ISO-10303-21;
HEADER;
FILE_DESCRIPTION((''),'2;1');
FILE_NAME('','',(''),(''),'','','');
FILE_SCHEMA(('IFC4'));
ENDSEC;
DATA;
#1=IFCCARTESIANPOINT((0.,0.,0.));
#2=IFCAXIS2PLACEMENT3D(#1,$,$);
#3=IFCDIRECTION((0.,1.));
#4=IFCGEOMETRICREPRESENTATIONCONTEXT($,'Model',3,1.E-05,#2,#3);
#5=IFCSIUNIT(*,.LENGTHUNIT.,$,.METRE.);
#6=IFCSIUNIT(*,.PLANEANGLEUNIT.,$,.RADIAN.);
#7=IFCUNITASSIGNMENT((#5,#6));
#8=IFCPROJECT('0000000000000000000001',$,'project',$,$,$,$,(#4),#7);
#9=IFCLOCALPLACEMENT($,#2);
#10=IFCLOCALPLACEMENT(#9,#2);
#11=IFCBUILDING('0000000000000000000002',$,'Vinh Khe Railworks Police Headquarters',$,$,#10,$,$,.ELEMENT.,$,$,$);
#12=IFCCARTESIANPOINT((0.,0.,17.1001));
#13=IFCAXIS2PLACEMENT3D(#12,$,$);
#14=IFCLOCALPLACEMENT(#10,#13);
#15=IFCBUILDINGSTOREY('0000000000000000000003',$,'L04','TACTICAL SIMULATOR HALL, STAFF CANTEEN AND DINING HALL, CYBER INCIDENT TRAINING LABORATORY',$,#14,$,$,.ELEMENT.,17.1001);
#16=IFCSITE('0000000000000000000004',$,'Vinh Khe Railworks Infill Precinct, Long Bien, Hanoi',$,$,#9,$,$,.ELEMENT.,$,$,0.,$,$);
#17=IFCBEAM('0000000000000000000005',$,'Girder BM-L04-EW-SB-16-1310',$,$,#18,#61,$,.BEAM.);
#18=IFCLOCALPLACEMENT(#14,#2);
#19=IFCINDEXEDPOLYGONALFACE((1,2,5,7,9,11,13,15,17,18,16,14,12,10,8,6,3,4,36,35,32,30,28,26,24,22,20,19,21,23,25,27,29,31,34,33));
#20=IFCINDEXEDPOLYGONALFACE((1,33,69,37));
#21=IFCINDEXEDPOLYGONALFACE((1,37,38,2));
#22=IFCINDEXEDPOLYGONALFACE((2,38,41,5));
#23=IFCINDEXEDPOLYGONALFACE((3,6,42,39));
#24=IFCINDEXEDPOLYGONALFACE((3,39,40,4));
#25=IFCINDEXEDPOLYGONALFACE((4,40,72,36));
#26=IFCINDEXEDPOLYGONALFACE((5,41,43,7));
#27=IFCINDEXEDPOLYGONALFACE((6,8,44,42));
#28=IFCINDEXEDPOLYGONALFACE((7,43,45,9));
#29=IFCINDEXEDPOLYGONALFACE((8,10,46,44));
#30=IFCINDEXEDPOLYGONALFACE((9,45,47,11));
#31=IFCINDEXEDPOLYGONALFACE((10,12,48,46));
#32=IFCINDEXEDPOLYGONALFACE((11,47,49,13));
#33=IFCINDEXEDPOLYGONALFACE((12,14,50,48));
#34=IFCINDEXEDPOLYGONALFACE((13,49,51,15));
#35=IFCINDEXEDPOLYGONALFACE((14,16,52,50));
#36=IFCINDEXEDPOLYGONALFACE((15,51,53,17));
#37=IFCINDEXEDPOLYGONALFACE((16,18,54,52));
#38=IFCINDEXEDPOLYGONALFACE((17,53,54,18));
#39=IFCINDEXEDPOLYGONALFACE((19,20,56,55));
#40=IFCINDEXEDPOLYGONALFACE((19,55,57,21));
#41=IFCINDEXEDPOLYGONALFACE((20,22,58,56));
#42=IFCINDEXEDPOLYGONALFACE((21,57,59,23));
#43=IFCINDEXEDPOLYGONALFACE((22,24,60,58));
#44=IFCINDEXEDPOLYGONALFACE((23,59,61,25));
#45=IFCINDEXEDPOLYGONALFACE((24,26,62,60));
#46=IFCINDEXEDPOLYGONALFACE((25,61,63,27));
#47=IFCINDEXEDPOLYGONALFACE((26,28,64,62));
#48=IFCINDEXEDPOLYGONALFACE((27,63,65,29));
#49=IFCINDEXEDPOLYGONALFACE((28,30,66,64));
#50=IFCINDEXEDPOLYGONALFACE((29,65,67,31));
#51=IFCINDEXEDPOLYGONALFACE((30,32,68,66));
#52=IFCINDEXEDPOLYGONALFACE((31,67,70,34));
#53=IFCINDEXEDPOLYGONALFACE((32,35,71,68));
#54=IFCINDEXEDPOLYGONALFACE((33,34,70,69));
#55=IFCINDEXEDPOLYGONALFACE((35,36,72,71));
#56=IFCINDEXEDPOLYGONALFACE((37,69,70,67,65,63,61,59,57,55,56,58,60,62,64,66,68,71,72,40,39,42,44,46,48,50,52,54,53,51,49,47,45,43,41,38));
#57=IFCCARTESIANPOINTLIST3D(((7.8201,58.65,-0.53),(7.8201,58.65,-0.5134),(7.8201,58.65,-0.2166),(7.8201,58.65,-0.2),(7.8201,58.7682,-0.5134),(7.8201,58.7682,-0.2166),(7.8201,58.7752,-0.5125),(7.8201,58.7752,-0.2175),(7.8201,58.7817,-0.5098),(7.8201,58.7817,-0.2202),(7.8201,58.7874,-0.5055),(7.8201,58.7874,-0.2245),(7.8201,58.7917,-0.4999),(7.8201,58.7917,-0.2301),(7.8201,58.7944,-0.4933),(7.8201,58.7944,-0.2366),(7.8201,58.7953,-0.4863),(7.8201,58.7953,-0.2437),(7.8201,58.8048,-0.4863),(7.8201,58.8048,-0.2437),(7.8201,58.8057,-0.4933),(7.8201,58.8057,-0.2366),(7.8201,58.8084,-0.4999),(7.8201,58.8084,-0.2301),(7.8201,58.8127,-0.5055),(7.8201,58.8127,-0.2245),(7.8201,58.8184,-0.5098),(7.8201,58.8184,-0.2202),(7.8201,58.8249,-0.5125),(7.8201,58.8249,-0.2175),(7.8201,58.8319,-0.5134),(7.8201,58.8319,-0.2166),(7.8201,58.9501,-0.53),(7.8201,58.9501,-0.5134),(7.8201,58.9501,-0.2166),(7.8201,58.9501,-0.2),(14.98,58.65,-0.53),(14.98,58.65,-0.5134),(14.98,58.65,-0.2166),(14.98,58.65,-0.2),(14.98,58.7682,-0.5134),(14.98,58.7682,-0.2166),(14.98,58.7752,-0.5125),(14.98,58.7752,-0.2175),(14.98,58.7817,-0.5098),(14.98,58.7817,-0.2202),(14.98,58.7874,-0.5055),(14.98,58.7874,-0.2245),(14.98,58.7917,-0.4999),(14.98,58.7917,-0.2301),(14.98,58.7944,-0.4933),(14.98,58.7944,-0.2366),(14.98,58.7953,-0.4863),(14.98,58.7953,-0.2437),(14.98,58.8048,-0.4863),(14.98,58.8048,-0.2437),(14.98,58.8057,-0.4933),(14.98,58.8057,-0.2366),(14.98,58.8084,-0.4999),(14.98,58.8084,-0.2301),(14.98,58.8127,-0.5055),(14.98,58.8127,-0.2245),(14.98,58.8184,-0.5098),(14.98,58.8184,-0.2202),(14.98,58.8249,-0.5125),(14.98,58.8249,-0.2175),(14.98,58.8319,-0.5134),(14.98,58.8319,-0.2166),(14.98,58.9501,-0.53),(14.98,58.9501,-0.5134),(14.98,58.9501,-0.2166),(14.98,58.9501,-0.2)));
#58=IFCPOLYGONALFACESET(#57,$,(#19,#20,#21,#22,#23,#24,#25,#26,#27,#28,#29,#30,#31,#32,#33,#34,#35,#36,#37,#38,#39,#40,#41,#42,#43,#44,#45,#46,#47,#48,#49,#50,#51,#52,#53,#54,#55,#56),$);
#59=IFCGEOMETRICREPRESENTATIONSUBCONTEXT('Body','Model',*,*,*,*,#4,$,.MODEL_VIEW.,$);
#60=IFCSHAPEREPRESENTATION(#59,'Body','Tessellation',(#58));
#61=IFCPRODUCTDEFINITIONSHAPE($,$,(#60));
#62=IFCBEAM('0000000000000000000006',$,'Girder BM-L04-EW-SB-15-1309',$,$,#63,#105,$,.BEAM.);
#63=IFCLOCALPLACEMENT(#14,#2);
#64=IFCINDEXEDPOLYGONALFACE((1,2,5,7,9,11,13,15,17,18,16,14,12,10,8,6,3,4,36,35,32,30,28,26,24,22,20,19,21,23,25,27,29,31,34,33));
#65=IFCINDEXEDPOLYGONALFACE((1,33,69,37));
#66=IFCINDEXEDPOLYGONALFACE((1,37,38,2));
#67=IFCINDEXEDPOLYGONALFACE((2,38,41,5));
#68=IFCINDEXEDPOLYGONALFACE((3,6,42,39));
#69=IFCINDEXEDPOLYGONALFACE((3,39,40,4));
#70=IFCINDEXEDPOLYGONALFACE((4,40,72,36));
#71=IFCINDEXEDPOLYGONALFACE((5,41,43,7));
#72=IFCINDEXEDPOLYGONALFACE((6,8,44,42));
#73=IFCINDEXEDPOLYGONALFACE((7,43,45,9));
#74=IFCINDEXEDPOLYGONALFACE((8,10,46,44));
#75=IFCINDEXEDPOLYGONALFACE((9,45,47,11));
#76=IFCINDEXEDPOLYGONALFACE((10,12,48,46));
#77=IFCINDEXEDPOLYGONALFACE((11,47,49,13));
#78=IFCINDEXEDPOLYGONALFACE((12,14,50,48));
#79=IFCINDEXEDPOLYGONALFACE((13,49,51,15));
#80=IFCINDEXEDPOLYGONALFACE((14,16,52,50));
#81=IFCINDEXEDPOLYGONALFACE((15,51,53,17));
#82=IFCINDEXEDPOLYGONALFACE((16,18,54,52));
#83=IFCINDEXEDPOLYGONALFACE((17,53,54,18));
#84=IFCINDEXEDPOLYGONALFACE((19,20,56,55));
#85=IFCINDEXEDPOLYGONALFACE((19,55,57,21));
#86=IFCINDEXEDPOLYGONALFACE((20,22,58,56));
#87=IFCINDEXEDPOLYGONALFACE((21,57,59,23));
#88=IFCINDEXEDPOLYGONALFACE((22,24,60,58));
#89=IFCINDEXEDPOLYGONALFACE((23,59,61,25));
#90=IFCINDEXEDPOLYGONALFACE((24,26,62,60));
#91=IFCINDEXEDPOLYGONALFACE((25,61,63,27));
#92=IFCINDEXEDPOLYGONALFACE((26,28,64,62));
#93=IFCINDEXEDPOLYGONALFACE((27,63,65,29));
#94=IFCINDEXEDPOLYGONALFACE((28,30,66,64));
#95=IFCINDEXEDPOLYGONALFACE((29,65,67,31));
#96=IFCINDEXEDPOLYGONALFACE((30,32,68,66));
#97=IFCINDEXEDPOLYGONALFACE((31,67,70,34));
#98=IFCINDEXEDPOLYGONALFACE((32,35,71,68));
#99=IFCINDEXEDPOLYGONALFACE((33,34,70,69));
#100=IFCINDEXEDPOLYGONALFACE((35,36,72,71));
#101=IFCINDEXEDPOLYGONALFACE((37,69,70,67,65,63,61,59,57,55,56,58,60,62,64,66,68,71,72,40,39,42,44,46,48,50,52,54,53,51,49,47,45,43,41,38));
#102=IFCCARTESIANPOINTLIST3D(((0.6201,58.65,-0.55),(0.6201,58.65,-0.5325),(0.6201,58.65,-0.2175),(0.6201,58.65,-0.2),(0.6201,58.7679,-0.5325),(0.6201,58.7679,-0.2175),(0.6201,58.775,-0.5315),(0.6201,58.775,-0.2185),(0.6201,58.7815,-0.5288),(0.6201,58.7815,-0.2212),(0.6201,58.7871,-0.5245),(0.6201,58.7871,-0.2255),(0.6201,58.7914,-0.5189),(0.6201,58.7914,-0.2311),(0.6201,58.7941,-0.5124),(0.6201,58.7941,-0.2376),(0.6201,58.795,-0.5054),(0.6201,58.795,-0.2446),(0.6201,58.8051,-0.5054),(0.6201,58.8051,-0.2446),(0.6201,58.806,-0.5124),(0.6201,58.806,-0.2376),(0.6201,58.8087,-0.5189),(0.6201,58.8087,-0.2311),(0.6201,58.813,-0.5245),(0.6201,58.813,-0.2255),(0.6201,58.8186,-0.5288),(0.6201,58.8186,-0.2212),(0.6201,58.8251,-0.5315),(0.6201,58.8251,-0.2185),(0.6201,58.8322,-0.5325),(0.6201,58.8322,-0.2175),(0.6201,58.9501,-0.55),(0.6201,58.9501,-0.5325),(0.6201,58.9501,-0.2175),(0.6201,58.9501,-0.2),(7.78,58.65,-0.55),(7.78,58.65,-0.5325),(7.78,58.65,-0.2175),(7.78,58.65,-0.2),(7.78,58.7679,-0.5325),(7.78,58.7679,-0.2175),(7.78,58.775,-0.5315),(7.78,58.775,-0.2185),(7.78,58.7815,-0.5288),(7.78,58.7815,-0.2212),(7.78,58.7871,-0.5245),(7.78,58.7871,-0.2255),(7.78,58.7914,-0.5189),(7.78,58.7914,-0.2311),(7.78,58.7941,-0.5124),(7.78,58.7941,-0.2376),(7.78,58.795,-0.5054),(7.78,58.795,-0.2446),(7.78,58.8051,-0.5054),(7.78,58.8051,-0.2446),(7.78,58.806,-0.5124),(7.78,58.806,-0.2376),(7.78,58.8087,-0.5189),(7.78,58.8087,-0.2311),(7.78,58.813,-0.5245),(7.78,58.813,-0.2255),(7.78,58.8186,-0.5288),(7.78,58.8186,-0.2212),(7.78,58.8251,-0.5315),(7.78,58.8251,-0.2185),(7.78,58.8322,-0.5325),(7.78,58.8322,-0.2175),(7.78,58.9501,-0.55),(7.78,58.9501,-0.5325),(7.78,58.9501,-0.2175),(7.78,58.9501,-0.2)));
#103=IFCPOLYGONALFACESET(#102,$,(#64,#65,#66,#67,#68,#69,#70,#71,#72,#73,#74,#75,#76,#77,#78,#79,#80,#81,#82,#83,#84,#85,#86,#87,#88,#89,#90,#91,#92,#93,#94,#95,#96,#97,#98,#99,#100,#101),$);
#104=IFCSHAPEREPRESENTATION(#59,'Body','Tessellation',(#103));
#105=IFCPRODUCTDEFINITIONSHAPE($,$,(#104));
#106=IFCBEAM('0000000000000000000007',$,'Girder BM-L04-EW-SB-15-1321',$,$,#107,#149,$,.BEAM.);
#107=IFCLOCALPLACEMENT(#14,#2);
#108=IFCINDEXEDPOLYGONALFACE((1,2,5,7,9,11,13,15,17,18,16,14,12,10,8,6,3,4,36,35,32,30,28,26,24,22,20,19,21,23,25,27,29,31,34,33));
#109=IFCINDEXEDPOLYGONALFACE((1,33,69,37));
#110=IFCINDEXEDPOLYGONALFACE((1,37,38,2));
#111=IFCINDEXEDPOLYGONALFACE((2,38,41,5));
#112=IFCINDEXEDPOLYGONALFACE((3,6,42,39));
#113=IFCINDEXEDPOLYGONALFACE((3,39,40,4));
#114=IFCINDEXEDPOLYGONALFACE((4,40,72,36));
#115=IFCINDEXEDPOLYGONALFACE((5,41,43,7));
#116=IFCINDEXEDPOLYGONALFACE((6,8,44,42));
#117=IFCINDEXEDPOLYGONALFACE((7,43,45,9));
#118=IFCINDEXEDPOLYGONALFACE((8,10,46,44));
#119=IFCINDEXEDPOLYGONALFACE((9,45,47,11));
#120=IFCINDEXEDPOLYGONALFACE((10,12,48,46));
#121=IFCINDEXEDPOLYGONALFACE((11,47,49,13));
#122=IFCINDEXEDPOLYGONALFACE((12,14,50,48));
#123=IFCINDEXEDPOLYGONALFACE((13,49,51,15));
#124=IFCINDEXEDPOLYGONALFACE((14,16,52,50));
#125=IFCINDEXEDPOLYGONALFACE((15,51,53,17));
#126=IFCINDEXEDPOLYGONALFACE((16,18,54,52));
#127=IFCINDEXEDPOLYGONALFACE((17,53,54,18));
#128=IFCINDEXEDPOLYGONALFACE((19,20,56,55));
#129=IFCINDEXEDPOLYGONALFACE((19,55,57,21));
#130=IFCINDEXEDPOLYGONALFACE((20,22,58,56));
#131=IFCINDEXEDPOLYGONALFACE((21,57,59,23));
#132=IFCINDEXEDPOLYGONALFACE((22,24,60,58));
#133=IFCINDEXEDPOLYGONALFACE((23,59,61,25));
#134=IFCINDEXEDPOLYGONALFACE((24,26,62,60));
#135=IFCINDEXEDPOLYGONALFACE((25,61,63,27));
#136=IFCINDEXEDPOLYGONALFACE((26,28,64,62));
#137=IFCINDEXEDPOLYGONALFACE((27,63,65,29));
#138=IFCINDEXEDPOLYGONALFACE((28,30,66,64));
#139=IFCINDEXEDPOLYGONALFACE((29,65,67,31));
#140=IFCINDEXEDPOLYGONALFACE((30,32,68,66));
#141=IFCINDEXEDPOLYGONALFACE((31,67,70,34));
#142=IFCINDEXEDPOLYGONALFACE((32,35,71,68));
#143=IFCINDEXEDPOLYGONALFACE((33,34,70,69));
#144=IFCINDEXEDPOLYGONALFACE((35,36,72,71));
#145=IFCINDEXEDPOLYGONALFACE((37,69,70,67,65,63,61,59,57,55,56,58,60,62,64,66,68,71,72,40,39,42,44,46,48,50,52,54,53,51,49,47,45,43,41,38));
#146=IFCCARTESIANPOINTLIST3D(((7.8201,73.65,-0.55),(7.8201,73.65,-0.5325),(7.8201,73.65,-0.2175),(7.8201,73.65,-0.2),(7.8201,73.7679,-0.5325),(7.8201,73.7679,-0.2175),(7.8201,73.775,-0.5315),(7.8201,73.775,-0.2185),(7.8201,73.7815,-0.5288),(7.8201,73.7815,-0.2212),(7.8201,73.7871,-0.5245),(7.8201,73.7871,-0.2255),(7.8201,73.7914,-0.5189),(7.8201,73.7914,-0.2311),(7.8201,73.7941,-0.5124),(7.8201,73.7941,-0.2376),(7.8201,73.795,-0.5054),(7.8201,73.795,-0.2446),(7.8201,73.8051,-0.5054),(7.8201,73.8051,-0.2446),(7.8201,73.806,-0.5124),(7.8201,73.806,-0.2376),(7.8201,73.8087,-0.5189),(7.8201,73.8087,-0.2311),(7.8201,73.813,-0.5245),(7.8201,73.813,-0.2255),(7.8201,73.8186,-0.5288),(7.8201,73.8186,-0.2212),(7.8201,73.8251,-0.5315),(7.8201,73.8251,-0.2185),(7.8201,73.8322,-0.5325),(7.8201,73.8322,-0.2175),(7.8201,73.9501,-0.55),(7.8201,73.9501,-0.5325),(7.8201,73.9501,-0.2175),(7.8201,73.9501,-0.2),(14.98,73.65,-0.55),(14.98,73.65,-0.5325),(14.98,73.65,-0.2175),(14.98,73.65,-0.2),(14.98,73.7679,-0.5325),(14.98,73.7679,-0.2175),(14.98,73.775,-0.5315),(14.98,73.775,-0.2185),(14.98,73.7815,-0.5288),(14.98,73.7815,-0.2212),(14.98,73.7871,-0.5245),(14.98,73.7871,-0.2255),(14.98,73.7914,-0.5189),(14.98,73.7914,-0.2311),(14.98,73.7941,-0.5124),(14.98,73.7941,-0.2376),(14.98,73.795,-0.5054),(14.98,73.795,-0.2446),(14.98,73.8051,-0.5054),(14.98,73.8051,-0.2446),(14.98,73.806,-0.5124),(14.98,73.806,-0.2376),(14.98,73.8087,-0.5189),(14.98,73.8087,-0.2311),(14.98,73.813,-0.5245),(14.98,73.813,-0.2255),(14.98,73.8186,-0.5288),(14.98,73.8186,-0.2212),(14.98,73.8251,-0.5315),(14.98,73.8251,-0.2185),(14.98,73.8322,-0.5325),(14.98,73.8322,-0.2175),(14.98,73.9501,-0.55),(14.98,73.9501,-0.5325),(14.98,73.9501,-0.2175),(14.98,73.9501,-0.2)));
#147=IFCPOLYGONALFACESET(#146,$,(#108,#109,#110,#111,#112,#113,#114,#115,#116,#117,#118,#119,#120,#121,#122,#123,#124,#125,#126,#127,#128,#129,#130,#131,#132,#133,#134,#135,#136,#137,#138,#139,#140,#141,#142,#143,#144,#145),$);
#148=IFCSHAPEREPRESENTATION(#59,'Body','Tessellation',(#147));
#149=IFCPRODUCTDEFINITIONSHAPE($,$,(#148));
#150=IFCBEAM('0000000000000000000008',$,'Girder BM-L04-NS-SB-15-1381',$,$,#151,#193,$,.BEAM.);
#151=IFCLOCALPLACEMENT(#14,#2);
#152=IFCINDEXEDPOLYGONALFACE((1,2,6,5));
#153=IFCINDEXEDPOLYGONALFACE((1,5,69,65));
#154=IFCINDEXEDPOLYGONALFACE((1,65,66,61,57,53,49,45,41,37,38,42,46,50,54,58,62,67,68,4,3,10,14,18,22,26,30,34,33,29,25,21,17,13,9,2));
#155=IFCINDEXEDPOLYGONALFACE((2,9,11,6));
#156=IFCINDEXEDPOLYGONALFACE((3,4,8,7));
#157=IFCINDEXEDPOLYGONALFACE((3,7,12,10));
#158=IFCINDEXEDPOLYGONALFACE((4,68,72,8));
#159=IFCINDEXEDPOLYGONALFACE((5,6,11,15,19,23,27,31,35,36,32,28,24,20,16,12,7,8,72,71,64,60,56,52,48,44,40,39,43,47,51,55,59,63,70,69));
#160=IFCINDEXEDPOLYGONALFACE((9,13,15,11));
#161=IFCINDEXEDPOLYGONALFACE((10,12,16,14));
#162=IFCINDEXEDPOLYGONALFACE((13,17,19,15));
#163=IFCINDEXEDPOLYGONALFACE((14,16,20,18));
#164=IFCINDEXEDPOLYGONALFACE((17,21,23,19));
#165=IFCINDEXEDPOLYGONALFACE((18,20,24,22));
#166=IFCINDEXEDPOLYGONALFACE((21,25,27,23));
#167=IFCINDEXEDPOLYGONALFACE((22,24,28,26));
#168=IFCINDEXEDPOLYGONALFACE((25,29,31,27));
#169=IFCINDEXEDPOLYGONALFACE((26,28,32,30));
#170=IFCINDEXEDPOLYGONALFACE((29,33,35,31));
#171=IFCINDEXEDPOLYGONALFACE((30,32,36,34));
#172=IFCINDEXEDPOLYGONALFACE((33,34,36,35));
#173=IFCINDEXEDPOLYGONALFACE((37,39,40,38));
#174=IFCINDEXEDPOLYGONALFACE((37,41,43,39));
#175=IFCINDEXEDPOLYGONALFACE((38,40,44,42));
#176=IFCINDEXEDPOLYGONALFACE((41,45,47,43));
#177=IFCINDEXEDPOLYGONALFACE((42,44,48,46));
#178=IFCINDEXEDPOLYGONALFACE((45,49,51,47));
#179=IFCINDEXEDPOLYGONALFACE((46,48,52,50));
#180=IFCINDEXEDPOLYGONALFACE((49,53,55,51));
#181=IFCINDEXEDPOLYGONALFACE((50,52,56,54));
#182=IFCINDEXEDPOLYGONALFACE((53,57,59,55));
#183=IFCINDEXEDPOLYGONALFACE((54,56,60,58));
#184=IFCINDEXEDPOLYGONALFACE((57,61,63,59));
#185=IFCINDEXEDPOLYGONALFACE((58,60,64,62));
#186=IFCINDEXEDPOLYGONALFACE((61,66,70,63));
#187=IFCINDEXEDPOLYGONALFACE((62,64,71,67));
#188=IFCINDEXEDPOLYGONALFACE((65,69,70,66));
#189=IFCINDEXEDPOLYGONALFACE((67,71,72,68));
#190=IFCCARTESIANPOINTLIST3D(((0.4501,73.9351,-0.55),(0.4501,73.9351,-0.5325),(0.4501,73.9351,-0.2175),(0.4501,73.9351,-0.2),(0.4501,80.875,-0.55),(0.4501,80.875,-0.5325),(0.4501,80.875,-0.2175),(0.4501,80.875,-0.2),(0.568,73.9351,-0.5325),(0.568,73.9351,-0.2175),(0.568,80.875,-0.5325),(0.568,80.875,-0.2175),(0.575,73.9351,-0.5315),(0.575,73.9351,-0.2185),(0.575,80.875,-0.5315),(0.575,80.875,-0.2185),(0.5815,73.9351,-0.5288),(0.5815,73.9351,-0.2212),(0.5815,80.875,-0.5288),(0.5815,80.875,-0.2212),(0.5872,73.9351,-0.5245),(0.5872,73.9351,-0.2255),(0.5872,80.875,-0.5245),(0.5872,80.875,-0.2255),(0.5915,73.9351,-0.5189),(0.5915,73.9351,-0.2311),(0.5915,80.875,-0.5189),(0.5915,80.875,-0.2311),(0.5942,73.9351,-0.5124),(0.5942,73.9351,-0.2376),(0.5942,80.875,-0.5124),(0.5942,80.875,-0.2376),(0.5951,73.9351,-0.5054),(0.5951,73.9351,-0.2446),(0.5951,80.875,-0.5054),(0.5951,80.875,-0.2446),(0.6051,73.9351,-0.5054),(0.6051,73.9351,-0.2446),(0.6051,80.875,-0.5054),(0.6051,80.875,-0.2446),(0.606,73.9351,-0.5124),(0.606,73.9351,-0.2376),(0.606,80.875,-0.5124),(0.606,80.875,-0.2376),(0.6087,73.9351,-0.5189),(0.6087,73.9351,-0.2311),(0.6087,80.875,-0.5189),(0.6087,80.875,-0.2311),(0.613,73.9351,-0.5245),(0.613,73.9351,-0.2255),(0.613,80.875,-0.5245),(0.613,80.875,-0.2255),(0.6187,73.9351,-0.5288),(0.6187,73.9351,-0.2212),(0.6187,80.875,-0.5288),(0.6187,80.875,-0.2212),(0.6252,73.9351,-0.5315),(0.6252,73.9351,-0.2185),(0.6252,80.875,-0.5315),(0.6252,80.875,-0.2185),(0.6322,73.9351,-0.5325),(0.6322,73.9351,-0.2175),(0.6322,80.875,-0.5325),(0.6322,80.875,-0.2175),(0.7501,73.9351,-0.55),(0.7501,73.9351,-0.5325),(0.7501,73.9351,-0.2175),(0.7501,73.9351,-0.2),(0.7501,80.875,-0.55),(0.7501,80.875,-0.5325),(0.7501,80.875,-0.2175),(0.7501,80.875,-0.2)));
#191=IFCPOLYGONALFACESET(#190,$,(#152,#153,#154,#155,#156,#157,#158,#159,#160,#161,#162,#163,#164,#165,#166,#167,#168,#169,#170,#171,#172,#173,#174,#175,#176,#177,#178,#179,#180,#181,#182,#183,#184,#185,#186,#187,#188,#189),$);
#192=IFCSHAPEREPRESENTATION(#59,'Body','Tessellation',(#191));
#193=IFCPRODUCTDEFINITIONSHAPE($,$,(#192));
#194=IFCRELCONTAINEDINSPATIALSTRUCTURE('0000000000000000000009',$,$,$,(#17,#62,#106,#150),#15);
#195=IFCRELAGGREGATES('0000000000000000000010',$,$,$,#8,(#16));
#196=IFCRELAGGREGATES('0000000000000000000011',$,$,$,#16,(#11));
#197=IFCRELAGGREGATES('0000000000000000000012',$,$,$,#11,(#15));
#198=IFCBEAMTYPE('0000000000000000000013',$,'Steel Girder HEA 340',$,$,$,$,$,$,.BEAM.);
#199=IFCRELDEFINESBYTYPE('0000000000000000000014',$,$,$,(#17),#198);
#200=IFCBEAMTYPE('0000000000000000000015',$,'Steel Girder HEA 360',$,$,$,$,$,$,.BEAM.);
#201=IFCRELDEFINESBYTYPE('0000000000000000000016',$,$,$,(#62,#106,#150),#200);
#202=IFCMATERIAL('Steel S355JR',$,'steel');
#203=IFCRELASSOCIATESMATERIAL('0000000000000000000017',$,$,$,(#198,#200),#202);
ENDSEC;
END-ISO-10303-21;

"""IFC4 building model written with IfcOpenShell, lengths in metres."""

from ifc_helpers import new_model, si_unit, direction, frame, origin, origin_2d, place, context, subcontext, project, spatial, i_section, extrude, material, material_profile, profile_set, type_object, element, save


model = new_model("IFC4")

# Units and contexts
model_context = context("Model", 3, precision=1e-05, world=origin(), true_north=direction((0.0, 1.0)))
body_context = subcontext(model_context, "Body", "Model", "MODEL_VIEW")
ifc_project = project(units=[si_unit("LENGTHUNIT", "METRE"), si_unit("PLANEANGLEUNIT", "RADIAN")], contexts=[model_context])

# Site, building, storey
site_placement = place(None, origin())
site = spatial("IfcSite", under=ifc_project, at=site_placement, Name="Vinh Khe Railworks Infill Precinct, Long Bien, Hanoi", CompositionType="ELEMENT", RefElevation=0.0)
building_placement = place(site_placement, origin())
building = spatial("IfcBuilding", under=site, at=building_placement, Name="Vinh Khe Railworks Police Headquarters", CompositionType="ELEMENT")
storey_placement = place(building_placement, frame((0.0, 0.0, 17.1001)))
storey = spatial("IfcBuildingStorey", under=building, at=storey_placement, Name="L04", Description="TACTICAL SIMULATOR HALL, STAFF CANTEEN AND DINING HALL, CYBER INCIDENT TRAINING LABORATORY", CompositionType="ELEMENT", Elevation=17.1001)

# Shared definitions
ifc_material_1 = material(Name="Steel S355JR", Category="steel")

# Beams
ifc_material_profile_1 = material_profile(ifc_material_1, i_section(OverallWidth=0.3, OverallDepth=0.3301, WebThickness=0.0095, FlangeThickness=0.0166, FilletRadius=0.0271, at=origin_2d()), Name="HEA 340")
ifc_profile_set_1 = profile_set([ifc_material_profile_1], Name="Steel S355JR")
beam_type_1 = type_object("IfcBeamType", Name="Steel Girder HEA 340", PredefinedType="BEAM", material=ifc_profile_set_1)
beam_1_placement = place(storey_placement, frame((7.8201, 58.8, -0.365), z_axis=(1.0, 0.0, 0.0), x_axis=(0.0, 1.0, 0.0)))
element("IfcBeam", 1, at=beam_1_placement, inside=storey, type_object=beam_type_1, Name="Girder BM-L04-EW-SB-16-1310", PredefinedType="BEAM", context=body_context, shape_type="SweptSolid", body=[
    extrude(i_section(OverallWidth=0.3, OverallDepth=0.3301, WebThickness=0.0095, FlangeThickness=0.0166, FilletRadius=0.0271, at=origin_2d()), origin(), (0.0, 0.0, 1.0), 7.1599),
])
ifc_material_profile_2 = material_profile(ifc_material_1, i_section(OverallWidth=0.3, OverallDepth=0.3501, WebThickness=0.01, FlangeThickness=0.0176, FilletRadius=0.0271, at=origin_2d()), Name="HEA 360")
ifc_profile_set_2 = profile_set([ifc_material_profile_2], Name="Steel S355JR")
beam_type_2 = type_object("IfcBeamType", Name="Steel Girder HEA 360", PredefinedType="BEAM", material=ifc_profile_set_2)
for number, where, z_axis, x_axis, name in (
    (2, (0.6201, 58.8, -0.375), (1.0, 0.0, 0.0), (0.0, 1.0, 0.0), "Girder BM-L04-EW-SB-15-1309"),
    (3, (7.8201, 73.8, -0.375), (1.0, 0.0, 0.0), (0.0, 1.0, 0.0), "Girder BM-L04-EW-SB-15-1321"),
):
    element("IfcBeam", number, at=place(storey_placement, frame(where, z_axis=z_axis, x_axis=x_axis)), inside=storey, type_object=beam_type_2, Name=name, PredefinedType="BEAM", context=body_context, shape_type="SweptSolid", body=[
        extrude(i_section(OverallWidth=0.3, OverallDepth=0.3501, WebThickness=0.01, FlangeThickness=0.0176, FilletRadius=0.0271, at=origin_2d()), origin(), (0.0, 0.0, 1.0), 7.1599),
    ])
beam_2_placement = place(storey_placement, frame((0.6001, 73.9351, -0.375), z_axis=(0.0, 1.0, 0.0), x_axis=(-1.0, 0.0, 0.0)))
element("IfcBeam", 4, at=beam_2_placement, inside=storey, type_object=beam_type_2, Name="Girder BM-L04-NS-SB-15-1381", PredefinedType="BEAM", context=body_context, shape_type="SweptSolid", body=[
    extrude(i_section(OverallWidth=0.3, OverallDepth=0.3501, WebThickness=0.01, FlangeThickness=0.0176, FilletRadius=0.0271, at=origin_2d()), origin(), (0.0, 0.0, 1.0), 6.9399),
])

save(model, "model.ifc")
